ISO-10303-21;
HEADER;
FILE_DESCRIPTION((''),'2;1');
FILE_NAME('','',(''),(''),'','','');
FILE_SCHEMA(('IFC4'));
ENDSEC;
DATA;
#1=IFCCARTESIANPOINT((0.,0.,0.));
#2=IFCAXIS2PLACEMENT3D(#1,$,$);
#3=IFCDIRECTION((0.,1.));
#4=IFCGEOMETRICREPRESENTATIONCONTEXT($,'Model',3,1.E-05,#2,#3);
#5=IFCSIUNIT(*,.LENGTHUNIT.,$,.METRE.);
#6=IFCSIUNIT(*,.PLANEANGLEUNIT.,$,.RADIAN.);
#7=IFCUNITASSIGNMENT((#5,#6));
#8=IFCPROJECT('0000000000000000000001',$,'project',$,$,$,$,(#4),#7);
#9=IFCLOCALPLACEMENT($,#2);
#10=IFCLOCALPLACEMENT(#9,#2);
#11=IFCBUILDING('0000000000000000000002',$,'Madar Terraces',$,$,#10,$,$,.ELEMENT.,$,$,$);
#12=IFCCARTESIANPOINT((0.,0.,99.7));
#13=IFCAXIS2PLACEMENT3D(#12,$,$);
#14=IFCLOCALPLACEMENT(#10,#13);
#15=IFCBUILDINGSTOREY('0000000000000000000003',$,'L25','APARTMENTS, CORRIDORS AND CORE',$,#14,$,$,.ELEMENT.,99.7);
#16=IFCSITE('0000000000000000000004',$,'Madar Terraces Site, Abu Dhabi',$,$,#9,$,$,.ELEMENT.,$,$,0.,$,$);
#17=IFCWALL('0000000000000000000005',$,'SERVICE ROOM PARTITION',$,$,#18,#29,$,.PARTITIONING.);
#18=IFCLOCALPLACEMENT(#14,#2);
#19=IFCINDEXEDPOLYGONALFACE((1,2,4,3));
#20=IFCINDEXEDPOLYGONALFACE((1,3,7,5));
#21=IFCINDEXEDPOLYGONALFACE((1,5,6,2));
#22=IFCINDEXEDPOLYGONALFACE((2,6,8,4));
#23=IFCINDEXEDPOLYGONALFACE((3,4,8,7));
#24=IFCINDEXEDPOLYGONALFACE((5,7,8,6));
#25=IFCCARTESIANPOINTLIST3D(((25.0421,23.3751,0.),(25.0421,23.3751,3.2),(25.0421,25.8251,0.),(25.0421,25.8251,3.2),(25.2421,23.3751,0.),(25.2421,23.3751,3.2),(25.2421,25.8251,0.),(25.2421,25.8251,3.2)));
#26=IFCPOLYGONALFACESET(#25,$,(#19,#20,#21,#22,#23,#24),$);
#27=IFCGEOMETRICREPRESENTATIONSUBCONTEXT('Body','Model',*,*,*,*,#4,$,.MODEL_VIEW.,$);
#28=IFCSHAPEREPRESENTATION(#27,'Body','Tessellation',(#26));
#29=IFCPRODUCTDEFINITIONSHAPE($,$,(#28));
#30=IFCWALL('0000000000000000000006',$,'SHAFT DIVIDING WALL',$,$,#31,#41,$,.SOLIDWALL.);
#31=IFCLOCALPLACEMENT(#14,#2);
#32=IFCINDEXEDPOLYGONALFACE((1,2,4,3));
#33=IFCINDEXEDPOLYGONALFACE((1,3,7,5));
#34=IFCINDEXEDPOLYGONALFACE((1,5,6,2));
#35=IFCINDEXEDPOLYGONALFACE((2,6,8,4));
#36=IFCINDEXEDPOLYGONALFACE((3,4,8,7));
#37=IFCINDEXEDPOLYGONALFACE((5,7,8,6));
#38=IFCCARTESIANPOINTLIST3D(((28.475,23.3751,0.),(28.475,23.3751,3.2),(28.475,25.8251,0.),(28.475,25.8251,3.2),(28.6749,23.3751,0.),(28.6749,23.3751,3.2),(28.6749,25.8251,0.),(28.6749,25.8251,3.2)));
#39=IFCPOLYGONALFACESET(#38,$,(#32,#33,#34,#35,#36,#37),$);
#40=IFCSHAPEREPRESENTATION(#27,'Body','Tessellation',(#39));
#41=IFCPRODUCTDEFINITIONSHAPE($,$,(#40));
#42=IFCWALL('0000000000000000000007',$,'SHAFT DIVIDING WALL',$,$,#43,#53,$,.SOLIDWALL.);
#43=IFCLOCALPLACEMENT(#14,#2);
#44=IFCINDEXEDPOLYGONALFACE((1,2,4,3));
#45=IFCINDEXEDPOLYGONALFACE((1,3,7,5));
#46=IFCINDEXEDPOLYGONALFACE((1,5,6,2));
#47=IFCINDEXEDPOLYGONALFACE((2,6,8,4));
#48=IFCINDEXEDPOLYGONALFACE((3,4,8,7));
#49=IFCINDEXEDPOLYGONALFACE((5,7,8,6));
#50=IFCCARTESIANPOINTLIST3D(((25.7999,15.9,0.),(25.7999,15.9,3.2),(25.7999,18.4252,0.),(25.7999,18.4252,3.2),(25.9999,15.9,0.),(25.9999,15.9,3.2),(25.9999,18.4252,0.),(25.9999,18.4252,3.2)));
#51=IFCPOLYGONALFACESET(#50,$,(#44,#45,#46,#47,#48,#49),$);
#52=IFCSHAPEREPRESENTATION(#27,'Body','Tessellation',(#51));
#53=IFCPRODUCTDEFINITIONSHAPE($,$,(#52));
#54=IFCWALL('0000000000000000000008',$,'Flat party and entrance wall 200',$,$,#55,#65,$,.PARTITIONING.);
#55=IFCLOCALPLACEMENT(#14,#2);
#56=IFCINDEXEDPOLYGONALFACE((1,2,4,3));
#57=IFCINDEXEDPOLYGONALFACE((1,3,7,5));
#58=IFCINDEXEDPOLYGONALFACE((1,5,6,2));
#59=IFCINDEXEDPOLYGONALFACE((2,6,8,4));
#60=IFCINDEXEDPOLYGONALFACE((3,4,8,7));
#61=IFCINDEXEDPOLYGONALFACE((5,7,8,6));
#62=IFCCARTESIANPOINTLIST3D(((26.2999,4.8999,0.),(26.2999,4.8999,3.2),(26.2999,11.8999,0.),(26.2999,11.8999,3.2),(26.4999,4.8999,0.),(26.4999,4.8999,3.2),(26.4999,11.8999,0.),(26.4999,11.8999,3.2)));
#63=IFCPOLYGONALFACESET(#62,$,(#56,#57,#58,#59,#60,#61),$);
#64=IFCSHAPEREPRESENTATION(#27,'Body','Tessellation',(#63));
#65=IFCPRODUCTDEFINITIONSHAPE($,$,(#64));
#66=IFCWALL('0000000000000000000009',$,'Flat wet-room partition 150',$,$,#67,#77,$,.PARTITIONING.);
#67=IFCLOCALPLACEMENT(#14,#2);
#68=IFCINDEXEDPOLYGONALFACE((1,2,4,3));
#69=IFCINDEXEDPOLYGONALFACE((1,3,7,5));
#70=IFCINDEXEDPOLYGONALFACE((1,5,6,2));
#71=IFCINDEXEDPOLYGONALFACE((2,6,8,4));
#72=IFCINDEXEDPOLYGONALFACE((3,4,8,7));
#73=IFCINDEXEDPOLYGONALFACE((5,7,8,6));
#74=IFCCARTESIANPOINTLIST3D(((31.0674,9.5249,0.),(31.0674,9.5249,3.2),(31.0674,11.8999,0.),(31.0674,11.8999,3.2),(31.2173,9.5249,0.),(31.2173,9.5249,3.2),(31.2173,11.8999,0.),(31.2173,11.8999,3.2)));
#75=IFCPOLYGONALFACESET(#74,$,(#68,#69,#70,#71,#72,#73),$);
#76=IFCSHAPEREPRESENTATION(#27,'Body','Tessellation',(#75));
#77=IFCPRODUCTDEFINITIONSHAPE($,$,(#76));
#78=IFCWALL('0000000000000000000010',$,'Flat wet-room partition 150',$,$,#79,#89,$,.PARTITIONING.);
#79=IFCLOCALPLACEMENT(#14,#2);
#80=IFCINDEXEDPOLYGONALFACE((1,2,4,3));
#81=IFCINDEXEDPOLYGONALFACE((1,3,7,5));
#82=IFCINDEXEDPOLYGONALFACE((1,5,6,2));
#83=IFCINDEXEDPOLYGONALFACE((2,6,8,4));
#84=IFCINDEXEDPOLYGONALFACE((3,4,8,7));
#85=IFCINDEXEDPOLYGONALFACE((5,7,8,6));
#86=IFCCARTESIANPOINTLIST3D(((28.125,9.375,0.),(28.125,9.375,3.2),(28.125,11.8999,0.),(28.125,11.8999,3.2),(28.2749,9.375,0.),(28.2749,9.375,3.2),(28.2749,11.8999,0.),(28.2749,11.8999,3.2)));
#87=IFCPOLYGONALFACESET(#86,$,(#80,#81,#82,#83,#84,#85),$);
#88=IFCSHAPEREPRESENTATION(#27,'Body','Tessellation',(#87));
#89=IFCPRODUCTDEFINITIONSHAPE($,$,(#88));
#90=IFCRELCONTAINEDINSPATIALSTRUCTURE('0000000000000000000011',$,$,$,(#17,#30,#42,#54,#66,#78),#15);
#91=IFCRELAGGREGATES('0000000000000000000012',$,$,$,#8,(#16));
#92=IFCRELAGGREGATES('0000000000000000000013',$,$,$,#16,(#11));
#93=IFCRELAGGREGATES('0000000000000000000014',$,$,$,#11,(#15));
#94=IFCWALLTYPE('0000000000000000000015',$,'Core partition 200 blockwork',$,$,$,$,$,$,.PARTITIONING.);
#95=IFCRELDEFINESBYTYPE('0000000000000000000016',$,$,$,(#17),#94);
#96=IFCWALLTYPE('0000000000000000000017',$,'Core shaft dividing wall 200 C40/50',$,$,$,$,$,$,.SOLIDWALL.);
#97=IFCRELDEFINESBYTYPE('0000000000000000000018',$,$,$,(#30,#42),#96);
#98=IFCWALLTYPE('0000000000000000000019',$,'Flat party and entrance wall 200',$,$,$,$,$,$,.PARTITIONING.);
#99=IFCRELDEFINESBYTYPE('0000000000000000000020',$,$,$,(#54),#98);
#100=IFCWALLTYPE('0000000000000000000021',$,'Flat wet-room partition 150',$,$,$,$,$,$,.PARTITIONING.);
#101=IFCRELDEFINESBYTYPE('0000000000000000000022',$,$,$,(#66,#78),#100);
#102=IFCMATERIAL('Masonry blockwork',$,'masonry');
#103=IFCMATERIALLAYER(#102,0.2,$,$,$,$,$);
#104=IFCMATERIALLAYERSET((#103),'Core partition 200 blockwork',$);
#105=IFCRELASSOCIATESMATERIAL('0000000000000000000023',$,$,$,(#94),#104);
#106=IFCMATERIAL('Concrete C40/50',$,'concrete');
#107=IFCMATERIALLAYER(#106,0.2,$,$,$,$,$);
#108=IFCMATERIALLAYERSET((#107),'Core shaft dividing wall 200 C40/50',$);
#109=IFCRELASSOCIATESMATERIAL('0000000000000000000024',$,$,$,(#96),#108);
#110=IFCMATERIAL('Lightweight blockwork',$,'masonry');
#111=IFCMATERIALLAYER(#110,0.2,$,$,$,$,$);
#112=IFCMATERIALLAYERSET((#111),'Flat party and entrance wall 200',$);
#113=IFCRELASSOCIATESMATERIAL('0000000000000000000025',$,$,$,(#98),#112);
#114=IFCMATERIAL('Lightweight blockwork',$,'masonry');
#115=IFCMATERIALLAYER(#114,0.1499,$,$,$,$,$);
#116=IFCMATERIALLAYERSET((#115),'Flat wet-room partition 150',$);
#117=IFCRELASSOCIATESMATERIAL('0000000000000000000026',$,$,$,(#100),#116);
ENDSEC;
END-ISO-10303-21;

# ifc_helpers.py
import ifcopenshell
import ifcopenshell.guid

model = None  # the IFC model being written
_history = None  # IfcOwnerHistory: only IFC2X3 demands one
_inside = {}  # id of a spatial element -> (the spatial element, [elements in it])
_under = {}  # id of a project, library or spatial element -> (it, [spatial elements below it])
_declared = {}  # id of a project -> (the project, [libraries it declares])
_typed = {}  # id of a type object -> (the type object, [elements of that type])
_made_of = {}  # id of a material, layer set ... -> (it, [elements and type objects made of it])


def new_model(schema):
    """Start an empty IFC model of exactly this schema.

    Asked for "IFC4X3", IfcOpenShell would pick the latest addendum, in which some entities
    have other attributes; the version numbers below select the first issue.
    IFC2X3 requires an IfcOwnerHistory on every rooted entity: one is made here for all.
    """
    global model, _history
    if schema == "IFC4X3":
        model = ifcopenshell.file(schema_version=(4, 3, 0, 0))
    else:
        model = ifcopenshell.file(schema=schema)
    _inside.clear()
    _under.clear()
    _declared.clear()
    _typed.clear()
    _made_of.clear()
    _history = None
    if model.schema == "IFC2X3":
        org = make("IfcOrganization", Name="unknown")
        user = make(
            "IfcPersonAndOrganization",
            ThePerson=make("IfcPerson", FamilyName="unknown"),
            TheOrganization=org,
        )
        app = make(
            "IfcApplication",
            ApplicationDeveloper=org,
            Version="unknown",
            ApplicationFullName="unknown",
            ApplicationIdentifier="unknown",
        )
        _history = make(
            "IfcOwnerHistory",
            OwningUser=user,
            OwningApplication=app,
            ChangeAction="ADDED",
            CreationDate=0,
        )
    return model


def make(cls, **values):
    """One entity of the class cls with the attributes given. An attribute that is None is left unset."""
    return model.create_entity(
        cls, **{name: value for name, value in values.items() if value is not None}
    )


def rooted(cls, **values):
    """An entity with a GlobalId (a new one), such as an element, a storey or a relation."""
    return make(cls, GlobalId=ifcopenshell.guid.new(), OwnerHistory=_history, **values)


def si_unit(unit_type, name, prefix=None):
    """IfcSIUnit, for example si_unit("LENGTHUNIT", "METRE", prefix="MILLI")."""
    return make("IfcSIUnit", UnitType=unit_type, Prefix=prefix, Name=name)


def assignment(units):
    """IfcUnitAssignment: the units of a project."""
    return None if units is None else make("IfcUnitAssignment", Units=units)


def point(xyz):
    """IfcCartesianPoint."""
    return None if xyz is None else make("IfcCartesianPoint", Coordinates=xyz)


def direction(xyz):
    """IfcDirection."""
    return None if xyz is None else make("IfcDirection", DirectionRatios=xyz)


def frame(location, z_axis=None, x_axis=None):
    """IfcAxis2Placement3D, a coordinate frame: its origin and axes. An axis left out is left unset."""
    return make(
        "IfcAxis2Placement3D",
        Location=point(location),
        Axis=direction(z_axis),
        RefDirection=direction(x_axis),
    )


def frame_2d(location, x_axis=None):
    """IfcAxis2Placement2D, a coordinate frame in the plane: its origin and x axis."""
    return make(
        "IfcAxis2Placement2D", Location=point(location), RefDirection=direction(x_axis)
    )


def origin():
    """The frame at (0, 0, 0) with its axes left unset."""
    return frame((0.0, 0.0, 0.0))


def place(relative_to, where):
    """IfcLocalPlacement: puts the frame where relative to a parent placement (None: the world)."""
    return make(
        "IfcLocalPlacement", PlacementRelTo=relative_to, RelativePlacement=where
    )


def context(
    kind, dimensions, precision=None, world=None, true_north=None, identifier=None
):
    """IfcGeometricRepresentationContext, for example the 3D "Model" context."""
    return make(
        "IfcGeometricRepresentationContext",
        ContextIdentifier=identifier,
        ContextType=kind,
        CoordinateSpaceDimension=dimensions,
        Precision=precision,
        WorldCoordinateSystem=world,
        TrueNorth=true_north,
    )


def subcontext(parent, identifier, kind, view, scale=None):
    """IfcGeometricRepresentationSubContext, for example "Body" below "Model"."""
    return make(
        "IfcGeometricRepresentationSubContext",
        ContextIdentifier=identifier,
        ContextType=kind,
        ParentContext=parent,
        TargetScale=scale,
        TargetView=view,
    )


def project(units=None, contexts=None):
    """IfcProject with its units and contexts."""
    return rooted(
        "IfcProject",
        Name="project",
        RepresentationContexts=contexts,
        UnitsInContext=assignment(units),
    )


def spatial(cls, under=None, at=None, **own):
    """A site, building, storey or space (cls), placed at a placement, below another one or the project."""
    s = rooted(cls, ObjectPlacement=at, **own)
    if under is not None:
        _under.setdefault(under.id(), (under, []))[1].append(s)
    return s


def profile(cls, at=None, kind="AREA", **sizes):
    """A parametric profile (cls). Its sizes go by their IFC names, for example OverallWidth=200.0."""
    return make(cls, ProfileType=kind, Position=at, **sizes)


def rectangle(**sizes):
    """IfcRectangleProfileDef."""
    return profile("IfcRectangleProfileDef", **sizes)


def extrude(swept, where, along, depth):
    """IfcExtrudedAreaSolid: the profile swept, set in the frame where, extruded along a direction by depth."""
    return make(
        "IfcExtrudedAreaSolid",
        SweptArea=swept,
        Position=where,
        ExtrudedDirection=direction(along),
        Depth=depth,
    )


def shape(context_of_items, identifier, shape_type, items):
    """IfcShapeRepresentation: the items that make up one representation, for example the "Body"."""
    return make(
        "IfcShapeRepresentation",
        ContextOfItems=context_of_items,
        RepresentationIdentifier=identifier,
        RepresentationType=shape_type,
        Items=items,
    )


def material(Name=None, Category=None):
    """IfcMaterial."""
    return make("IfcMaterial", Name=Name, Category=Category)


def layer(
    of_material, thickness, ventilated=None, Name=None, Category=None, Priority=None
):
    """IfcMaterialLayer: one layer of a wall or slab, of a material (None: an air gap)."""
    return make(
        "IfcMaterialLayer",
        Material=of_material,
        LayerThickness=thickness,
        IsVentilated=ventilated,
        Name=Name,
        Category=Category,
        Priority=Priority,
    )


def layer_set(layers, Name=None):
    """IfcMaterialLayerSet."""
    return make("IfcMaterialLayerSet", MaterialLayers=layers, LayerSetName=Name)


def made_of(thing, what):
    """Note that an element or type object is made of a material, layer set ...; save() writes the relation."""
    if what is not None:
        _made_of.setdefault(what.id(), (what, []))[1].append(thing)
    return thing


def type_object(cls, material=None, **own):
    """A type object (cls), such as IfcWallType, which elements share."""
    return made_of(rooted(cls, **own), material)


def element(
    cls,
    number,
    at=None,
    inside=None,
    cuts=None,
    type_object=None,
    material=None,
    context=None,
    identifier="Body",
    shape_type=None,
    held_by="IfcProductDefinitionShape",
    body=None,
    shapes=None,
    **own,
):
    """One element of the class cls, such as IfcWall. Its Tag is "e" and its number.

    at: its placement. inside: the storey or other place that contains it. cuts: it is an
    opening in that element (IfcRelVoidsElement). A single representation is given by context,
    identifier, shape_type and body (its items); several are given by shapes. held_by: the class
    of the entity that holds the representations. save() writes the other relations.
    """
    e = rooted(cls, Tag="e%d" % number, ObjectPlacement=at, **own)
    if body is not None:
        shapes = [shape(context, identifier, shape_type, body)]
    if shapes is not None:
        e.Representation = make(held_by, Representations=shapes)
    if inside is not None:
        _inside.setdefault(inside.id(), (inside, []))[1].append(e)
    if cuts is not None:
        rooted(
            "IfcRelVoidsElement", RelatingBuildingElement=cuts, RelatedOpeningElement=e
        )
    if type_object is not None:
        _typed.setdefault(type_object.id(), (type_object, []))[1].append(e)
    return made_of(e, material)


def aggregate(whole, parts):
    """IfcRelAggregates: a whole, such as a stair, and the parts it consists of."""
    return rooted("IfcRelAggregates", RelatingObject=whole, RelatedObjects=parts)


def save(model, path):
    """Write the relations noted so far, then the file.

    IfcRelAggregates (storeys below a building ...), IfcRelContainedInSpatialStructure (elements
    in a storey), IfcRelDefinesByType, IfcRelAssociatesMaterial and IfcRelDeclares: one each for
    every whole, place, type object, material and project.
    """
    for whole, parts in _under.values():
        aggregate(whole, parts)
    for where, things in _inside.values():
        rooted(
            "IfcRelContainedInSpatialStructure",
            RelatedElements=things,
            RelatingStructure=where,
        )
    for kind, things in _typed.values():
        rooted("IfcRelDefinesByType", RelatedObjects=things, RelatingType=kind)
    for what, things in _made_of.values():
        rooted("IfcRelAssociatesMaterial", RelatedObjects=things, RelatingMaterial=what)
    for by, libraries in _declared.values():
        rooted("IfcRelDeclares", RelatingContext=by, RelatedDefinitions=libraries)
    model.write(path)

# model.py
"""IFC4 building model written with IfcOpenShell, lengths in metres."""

from ifc_helpers import new_model, si_unit, direction, frame, frame_2d, origin, place, context, subcontext, project, spatial, rectangle, extrude, material, layer, layer_set, type_object, element, save


model = new_model("IFC4")

# Units and contexts
model_context = context("Model", 3, precision=1e-05, world=origin(), true_north=direction((0.0, 1.0)))
body_context = subcontext(model_context, "Body", "Model", "MODEL_VIEW")
ifc_project = project(units=[si_unit("LENGTHUNIT", "METRE"), si_unit("PLANEANGLEUNIT", "RADIAN")], contexts=[model_context])

# Site, building, storey
site_placement = place(None, origin())
site = spatial("IfcSite", under=ifc_project, at=site_placement, Name="Madar Terraces Site, Abu Dhabi", CompositionType="ELEMENT", RefElevation=0.0)
building_placement = place(site_placement, origin())
building = spatial("IfcBuilding", under=site, at=building_placement, Name="Madar Terraces", CompositionType="ELEMENT")
storey_placement = place(building_placement, frame((0.0, 0.0, 99.7)))
storey = spatial("IfcBuildingStorey", under=building, at=storey_placement, Name="L25", Description="APARTMENTS, CORRIDORS AND CORE", CompositionType="ELEMENT", Elevation=99.7)

# Walls
ifc_material_1 = material(Name="Masonry blockwork", Category="masonry")
ifc_layer_1 = layer(ifc_material_1, 0.2)
ifc_layer_set_1 = layer_set([ifc_layer_1], Name="Core partition 200 blockwork")
wall_type_1 = type_object("IfcWallType", Name="Core partition 200 blockwork", PredefinedType="PARTITIONING", material=ifc_layer_set_1)
wall_1_placement = place(storey_placement, frame((25.1421, 23.375, 0.0), z_axis=(0.0, 0.0, 1.0), x_axis=(0.0, 1.0, 0.0)))
element("IfcWall", 1, at=wall_1_placement, inside=storey, type_object=wall_type_1, Name="SERVICE ROOM PARTITION", PredefinedType="PARTITIONING", context=body_context, shape_type="SweptSolid", body=[
    extrude(rectangle(XDim=2.45, YDim=0.2, at=frame_2d((1.2251, 0.0))), origin(), (0.0, 0.0, 1.0), 3.2),
])
ifc_material_2 = material(Name="Concrete C40/50", Category="concrete")
ifc_layer_2 = layer(ifc_material_2, 0.2)
ifc_layer_set_2 = layer_set([ifc_layer_2], Name="Core shaft dividing wall 200 C40/50")
wall_type_2 = type_object("IfcWallType", Name="Core shaft dividing wall 200 C40/50", PredefinedType="SOLIDWALL", material=ifc_layer_set_2)
wall_2_placement = place(storey_placement, frame((28.575, 23.375, 0.0), z_axis=(0.0, 0.0, 1.0), x_axis=(0.0, 1.0, 0.0)))
element("IfcWall", 2, at=wall_2_placement, inside=storey, type_object=wall_type_2, Name="SHAFT DIVIDING WALL", PredefinedType="SOLIDWALL", context=body_context, shape_type="SweptSolid", body=[
    extrude(rectangle(XDim=2.45, YDim=0.2, at=frame_2d((1.2251, 0.0))), origin(), (0.0, 0.0, 1.0), 3.2),
])
wall_3_placement = place(storey_placement, frame((25.8999, 15.8999, 0.0), z_axis=(0.0, 0.0, 1.0), x_axis=(0.0, 1.0, 0.0)))
element("IfcWall", 3, at=wall_3_placement, inside=storey, type_object=wall_type_2, Name="SHAFT DIVIDING WALL", PredefinedType="SOLIDWALL", context=body_context, shape_type="SweptSolid", body=[
    extrude(rectangle(XDim=2.5251, YDim=0.2, at=frame_2d((1.2627, 0.0))), origin(), (0.0, 0.0, 1.0), 3.2),
])
ifc_material_3 = material(Name="Lightweight blockwork", Category="masonry")
ifc_layer_3 = layer(ifc_material_3, 0.2)
ifc_layer_set_3 = layer_set([ifc_layer_3], Name="Flat party and entrance wall 200")
wall_type_3 = type_object("IfcWallType", Name="Flat party and entrance wall 200", PredefinedType="PARTITIONING", material=ifc_layer_set_3)
wall_4_placement = place(storey_placement, frame((26.3999, 11.8999, 0.0), z_axis=(0.0, 0.0, 1.0), x_axis=(0.0, -1.0, 0.0)))
element("IfcWall", 4, at=wall_4_placement, inside=storey, type_object=wall_type_3, Name="Flat party and entrance wall 200", PredefinedType="PARTITIONING", context=body_context, shape_type="SweptSolid", body=[
    extrude(rectangle(XDim=7.0, YDim=0.2, at=frame_2d((3.5, 0.0))), origin(), (0.0, 0.0, 1.0), 3.2),
])
ifc_material_4 = material(Name="Lightweight blockwork", Category="masonry")
ifc_layer_4 = layer(ifc_material_4, 0.1499)
ifc_layer_set_4 = layer_set([ifc_layer_4], Name="Flat wet-room partition 150")
wall_type_4 = type_object("IfcWallType", Name="Flat wet-room partition 150", PredefinedType="PARTITIONING", material=ifc_layer_set_4)
wall_5_placement = place(storey_placement, frame((31.1423, 11.8999, 0.0), z_axis=(0.0, 0.0, 1.0), x_axis=(0.0, -1.0, 0.0)))
element("IfcWall", 5, at=wall_5_placement, inside=storey, type_object=wall_type_4, Name="Flat wet-room partition 150", PredefinedType="PARTITIONING", context=body_context, shape_type="SweptSolid", body=[
    extrude(rectangle(XDim=2.375, YDim=0.1499, at=frame_2d((1.1875, 0.0))), origin(), (0.0, 0.0, 1.0), 3.2),
])
wall_6_placement = place(storey_placement, frame((28.2, 11.8999, 0.0), z_axis=(0.0, 0.0, 1.0), x_axis=(0.0, -1.0, 0.0)))
element("IfcWall", 6, at=wall_6_placement, inside=storey, type_object=wall_type_4, Name="Flat wet-room partition 150", PredefinedType="PARTITIONING", context=body_context, shape_type="SweptSolid", body=[
    extrude(rectangle(XDim=2.5249, YDim=0.1499, at=frame_2d((1.2625, 0.0))), origin(), (0.0, 0.0, 1.0), 3.2),
])

save(model, "model.ifc")
